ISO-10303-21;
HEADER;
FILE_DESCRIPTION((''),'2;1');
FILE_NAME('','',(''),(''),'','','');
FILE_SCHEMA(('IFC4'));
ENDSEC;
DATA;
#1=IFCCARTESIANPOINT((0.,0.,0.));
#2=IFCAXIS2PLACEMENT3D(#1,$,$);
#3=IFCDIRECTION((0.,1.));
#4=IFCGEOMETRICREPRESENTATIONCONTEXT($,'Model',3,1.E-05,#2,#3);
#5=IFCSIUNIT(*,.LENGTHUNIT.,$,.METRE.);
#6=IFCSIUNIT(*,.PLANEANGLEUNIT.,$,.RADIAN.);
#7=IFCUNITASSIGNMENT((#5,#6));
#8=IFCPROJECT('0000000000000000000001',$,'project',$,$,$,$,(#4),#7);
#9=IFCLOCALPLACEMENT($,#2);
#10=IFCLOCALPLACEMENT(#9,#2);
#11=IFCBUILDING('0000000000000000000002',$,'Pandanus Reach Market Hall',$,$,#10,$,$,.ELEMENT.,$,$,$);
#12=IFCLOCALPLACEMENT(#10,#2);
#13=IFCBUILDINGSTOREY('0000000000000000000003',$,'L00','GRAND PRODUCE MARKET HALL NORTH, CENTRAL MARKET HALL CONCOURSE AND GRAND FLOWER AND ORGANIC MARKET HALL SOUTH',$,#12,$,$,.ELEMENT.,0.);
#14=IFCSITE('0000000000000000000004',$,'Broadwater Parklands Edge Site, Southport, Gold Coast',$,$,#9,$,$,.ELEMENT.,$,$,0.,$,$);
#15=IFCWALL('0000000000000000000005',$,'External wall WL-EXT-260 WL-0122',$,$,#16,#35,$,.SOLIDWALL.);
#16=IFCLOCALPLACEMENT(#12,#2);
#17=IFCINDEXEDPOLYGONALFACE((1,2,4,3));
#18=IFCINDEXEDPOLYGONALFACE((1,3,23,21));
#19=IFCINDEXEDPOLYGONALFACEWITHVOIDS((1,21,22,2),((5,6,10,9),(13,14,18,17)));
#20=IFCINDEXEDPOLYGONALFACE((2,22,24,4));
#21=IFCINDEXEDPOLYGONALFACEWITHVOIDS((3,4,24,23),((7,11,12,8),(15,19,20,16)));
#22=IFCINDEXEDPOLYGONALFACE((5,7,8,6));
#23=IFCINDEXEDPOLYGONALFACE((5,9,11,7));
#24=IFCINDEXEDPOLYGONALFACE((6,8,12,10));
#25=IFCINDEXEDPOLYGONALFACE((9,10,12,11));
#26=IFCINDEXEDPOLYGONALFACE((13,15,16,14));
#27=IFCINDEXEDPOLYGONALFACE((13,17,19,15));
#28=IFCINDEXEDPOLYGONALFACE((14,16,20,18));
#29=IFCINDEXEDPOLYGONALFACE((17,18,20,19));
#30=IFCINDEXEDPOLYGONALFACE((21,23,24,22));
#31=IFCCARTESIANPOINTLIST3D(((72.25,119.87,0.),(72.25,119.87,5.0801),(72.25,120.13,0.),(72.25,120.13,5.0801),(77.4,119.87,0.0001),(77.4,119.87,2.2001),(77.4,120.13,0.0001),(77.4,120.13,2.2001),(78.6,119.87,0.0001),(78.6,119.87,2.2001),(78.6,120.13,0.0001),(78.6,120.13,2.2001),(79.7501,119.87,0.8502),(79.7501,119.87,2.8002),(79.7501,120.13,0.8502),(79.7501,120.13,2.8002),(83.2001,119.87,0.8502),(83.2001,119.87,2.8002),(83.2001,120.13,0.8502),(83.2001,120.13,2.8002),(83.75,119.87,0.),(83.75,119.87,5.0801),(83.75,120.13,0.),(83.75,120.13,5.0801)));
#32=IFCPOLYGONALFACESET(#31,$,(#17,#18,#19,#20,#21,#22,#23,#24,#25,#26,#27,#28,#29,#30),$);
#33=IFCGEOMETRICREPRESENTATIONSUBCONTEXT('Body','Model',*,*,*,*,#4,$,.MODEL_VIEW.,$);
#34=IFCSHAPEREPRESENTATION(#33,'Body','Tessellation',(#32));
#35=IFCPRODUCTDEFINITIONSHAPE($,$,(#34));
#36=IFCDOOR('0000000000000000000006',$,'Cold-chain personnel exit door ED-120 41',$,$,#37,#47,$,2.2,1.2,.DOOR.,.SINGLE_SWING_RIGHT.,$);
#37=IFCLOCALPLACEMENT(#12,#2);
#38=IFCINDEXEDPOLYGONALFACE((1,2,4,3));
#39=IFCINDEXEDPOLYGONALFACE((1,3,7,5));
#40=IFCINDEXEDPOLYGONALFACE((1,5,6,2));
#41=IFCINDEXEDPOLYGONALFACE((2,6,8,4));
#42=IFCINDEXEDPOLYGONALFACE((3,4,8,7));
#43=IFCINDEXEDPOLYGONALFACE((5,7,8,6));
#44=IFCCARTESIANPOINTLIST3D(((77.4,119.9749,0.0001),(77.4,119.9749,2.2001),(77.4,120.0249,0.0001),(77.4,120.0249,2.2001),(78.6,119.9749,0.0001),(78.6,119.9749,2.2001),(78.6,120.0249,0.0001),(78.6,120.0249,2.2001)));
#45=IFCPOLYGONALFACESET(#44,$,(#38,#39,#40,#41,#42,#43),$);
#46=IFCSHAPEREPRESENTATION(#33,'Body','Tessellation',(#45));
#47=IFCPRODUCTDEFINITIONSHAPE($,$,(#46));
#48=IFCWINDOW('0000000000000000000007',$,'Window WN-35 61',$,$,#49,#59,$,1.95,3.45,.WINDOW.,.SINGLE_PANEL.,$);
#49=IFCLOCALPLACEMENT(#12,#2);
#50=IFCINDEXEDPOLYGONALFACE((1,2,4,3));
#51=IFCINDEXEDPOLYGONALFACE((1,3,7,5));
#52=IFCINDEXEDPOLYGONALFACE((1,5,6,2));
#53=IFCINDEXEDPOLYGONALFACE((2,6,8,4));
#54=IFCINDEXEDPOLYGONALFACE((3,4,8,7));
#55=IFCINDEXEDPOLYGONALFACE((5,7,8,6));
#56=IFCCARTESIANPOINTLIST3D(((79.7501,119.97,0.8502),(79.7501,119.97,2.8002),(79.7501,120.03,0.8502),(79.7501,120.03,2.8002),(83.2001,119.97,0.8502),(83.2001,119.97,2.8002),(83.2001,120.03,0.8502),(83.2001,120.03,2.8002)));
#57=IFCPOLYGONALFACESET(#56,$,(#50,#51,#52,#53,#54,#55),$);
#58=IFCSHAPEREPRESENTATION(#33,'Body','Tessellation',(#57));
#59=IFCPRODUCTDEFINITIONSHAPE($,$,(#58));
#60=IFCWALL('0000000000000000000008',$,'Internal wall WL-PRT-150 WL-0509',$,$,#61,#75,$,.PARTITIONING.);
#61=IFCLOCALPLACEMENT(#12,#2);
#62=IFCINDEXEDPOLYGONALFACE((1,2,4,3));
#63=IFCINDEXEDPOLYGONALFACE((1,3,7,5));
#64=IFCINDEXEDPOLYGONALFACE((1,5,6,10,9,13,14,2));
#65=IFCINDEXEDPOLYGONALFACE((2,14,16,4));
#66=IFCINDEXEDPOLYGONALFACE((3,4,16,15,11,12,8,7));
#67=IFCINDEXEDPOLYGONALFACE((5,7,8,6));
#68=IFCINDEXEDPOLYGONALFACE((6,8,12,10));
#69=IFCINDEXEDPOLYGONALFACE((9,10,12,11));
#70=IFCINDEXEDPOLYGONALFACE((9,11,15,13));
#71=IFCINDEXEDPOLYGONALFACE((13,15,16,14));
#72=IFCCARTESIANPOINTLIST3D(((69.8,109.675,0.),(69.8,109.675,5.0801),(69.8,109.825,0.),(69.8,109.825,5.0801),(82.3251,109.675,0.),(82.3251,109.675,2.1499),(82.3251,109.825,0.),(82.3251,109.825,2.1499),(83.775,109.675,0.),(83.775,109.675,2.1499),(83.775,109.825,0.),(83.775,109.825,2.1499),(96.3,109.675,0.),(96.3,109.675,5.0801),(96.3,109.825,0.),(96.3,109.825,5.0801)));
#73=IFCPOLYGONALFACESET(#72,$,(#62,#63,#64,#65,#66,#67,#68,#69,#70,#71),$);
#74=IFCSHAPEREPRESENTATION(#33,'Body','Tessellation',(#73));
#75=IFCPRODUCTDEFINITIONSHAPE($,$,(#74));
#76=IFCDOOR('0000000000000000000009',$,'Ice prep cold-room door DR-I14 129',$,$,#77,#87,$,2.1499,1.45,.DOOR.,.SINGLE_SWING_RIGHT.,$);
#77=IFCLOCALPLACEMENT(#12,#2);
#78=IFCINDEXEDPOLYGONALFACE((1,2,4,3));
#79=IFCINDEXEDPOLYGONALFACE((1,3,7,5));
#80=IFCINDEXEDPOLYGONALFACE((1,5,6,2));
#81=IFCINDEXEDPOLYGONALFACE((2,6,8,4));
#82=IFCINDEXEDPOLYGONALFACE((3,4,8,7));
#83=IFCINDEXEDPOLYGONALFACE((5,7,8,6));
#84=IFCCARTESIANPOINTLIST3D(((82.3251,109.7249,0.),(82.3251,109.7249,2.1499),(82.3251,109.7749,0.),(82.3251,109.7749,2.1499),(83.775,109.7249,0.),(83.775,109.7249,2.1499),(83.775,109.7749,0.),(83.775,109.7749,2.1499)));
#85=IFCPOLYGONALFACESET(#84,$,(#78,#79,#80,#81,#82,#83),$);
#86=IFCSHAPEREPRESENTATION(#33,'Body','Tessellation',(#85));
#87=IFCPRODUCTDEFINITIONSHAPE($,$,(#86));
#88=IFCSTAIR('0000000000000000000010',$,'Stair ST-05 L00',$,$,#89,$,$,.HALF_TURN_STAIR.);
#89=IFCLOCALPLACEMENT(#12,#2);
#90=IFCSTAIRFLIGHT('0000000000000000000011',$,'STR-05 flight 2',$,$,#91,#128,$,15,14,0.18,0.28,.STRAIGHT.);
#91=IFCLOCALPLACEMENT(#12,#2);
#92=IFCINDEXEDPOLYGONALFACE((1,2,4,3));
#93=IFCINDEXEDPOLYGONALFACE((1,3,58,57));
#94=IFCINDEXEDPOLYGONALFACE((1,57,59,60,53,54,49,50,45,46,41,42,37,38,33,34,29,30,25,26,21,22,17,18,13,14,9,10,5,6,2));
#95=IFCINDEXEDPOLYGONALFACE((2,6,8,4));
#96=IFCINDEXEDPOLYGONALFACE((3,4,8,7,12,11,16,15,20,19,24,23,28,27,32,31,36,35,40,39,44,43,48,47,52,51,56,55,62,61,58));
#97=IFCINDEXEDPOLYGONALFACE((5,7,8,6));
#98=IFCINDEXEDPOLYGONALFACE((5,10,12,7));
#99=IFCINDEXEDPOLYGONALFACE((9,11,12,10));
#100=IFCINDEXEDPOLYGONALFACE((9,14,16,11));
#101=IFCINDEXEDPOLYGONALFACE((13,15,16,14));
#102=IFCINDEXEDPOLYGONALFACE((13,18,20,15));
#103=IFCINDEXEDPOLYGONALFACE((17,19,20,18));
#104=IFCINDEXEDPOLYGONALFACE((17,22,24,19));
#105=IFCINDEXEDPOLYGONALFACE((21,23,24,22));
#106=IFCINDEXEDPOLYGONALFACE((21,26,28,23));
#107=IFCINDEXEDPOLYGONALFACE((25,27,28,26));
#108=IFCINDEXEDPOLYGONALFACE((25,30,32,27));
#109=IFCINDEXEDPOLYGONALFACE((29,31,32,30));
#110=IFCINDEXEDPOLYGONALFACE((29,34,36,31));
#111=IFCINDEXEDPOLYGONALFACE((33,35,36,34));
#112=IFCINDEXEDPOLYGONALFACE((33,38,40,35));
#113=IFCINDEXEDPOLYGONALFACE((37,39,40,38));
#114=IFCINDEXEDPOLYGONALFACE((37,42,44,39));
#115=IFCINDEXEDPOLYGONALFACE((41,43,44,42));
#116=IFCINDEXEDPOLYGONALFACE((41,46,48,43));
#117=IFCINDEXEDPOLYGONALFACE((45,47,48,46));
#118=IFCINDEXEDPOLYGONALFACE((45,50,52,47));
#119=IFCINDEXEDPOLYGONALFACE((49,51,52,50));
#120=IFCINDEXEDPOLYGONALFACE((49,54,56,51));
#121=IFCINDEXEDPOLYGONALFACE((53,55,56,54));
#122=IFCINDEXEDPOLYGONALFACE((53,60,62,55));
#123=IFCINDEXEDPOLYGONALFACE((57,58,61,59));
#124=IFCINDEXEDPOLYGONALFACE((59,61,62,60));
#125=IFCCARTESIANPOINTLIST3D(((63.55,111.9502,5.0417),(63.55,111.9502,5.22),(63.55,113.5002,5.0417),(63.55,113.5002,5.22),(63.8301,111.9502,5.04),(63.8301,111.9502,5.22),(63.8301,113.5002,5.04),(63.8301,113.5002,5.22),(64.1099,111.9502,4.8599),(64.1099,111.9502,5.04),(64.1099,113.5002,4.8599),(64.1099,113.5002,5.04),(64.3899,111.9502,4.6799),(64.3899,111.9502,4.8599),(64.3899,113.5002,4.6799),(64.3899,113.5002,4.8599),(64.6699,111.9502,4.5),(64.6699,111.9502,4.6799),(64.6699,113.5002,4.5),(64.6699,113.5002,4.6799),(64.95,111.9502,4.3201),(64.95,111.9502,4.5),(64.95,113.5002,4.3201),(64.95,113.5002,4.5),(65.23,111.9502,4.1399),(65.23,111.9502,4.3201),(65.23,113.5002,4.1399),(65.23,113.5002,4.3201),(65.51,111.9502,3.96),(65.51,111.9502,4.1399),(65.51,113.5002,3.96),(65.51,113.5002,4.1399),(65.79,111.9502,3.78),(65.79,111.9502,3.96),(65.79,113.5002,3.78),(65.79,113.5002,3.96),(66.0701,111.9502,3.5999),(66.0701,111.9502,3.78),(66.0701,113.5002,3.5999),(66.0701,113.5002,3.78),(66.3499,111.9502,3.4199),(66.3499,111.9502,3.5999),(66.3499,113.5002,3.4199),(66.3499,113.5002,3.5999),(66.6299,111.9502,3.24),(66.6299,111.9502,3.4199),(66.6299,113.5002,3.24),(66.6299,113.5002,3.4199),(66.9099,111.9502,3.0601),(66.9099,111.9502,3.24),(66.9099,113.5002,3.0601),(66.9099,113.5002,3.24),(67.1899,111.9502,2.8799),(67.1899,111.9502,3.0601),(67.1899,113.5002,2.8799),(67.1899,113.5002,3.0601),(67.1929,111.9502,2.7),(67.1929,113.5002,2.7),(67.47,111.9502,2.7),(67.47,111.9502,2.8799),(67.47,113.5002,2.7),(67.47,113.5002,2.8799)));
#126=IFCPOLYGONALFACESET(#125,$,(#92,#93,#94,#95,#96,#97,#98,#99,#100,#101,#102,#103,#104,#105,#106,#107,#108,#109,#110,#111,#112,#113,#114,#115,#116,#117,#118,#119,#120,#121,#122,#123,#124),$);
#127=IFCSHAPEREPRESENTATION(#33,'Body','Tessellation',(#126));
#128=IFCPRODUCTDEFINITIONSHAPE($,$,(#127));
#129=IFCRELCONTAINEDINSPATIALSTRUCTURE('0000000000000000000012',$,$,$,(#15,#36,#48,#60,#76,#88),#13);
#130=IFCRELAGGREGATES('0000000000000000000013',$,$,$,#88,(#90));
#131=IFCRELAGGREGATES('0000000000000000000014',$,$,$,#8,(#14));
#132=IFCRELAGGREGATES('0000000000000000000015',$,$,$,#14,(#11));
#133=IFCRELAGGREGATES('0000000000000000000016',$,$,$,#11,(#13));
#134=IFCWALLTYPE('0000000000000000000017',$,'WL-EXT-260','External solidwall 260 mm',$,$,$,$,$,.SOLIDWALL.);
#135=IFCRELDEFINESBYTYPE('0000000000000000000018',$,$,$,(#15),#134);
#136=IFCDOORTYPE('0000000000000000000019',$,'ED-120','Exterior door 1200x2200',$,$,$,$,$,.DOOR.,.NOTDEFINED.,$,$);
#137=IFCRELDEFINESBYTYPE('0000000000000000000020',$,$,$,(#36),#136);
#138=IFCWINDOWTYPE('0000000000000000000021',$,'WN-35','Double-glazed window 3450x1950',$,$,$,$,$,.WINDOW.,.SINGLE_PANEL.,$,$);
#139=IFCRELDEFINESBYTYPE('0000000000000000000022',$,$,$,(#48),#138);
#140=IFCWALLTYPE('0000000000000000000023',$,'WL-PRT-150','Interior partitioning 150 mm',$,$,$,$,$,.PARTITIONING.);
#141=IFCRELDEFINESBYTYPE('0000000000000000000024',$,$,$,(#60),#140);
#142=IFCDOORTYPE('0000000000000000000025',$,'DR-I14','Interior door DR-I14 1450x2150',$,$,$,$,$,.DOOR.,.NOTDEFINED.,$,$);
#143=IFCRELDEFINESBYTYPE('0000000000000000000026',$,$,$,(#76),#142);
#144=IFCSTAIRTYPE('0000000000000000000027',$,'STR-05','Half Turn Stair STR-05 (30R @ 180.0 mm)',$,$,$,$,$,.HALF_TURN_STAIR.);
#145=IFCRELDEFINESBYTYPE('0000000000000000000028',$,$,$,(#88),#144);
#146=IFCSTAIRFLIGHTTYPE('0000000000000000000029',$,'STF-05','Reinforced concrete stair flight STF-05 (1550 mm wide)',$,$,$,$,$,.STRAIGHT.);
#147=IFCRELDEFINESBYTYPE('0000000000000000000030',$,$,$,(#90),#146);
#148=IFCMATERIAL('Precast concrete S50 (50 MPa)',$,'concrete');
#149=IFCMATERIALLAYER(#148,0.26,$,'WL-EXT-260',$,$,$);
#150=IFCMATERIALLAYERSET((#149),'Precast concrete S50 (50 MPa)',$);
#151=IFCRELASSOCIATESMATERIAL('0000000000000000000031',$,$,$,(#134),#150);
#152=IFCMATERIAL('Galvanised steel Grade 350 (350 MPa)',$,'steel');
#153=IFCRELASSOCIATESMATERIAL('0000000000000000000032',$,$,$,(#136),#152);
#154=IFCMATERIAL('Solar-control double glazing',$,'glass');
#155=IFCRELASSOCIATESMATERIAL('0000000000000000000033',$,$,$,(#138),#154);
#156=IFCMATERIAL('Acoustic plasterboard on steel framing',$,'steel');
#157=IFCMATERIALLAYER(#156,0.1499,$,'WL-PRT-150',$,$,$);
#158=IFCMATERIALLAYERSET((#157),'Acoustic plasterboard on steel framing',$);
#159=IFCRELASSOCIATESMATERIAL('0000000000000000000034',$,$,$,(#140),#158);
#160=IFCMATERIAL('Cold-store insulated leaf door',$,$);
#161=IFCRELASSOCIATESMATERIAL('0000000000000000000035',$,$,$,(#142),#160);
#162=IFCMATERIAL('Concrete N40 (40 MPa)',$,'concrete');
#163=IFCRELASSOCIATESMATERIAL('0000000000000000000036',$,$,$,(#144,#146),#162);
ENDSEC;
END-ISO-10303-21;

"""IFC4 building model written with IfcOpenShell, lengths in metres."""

from ifc_helpers import new_model, si_unit, direction, frame, frame_2d, origin, place, context, subcontext, project, spatial, polyline, rectangle, outline, extrude, material, layer, layer_set, type_object, element, fill, aggregate, save


model = new_model("IFC4")

# Units and contexts
model_context = context("Model", 3, precision=1e-05, world=origin(), true_north=direction((0.0, 1.0)))
body_context = subcontext(model_context, "Body", "Model", "MODEL_VIEW")
ifc_project = project(units=[si_unit("LENGTHUNIT", "METRE"), si_unit("PLANEANGLEUNIT", "RADIAN")], contexts=[model_context])

# Site, building, storey
site_placement = place(None, origin())
site = spatial("IfcSite", under=ifc_project, at=site_placement, Name="Broadwater Parklands Edge Site, Southport, Gold Coast", CompositionType="ELEMENT", RefElevation=0.0)
building_placement = place(site_placement, origin())
building = spatial("IfcBuilding", under=site, at=building_placement, Name="Pandanus Reach Market Hall", CompositionType="ELEMENT")
storey_placement = place(building_placement, origin())
storey = spatial("IfcBuildingStorey", under=building, at=storey_placement, Name="L00", Description="GRAND PRODUCE MARKET HALL NORTH, CENTRAL MARKET HALL CONCOURSE AND GRAND FLOWER AND ORGANIC MARKET HALL SOUTH", CompositionType="ELEMENT", Elevation=0.0)

# Shared definitions
ifc_material_1 = material(Name="Concrete N40 (40 MPa)", Category="concrete")

# Wall, openings, door, window
ifc_material_2 = material(Name="Precast concrete S50 (50 MPa)", Category="concrete")
ifc_layer_1 = layer(ifc_material_2, 0.26, Name="WL-EXT-260")
ifc_layer_set_1 = layer_set([ifc_layer_1], Name="Precast concrete S50 (50 MPa)")
wall_type_1 = type_object("IfcWallType", Name="WL-EXT-260", Description="External solidwall 260 mm", PredefinedType="SOLIDWALL", material=ifc_layer_set_1)
wall_1_placement = place(storey_placement, frame((72.25, 120.0, 0.0), z_axis=(0.0, 0.0, 1.0), x_axis=(1.0, 0.0, 0.0)))
wall_1 = element("IfcWall", 1, at=wall_1_placement, inside=storey, type_object=wall_type_1, Name="External wall WL-EXT-260 WL-0122", PredefinedType="SOLIDWALL", context=body_context, shape_type="SweptSolid", body=[
    extrude(rectangle(XDim=11.5, YDim=0.26, at=frame_2d((5.75, 0.0))), origin(), (0.0, 0.0, 1.0), 5.0801),
])
opening_1_placement = place(wall_1_placement, frame((5.1499, 0.0, 0.0)))
opening_1 = element("IfcOpeningElement", 2, at=opening_1_placement, cuts=wall_1, PredefinedType="OPENING", context=body_context, shape_type="SweptSolid", body=[
    extrude(rectangle(XDim=1.2, YDim=2.2, at=frame_2d((0.6001, 1.1001))), frame((0.0, 0.145, 0.0), z_axis=(0.0, -1.0, 0.0), x_axis=(1.0, 0.0, 0.0)), (0.0, 0.0, 1.0), 0.29),
])
opening_2_placement = place(wall_1_placement, frame((7.5, 0.0, 0.8501)))
opening_2 = element("IfcOpeningElement", 3, at=opening_2_placement, cuts=wall_1, PredefinedType="OPENING", context=body_context, shape_type="SweptSolid", body=[
    extrude(rectangle(XDim=3.45, YDim=1.95, at=frame_2d((1.7251, 0.9751))), frame((0.0, 0.145, 0.0), z_axis=(0.0, -1.0, 0.0), x_axis=(1.0, 0.0, 0.0)), (0.0, 0.0, 1.0), 0.29),
])
ifc_material_3 = material(Name="Galvanised steel Grade 350 (350 MPa)", Category="steel")
door_type_1 = type_object("IfcDoorType", Name="ED-120", Description="Exterior door 1200x2200", OperationType="NOTDEFINED", PredefinedType="DOOR", material=ifc_material_3)
door_1_placement = place(opening_1_placement, origin())
door_1 = element("IfcDoor", 4, at=door_1_placement, inside=storey, type_object=door_type_1, Name="Cold-chain personnel exit door ED-120 41", OperationType="SINGLE_SWING_RIGHT", OverallHeight=2.2, OverallWidth=1.2, PredefinedType="DOOR", context=body_context, shape_type="SweptSolid", body=[
    extrude(rectangle(XDim=1.2, YDim=2.2, at=frame_2d((0.6001, 1.1001))), frame((0.0, 0.0249, 0.0), z_axis=(0.0, -1.0, 0.0), x_axis=(1.0, 0.0, 0.0)), (0.0, 0.0, 1.0), 0.05),
])
fill(opening_1, door_1)
ifc_material_4 = material(Name="Solar-control double glazing", Category="glass")
window_type = type_object("IfcWindowType", Name="WN-35", Description="Double-glazed window 3450x1950", PartitioningType="SINGLE_PANEL", PredefinedType="WINDOW", material=ifc_material_4)
window_placement = place(opening_2_placement, origin())
window = element("IfcWindow", 5, at=window_placement, inside=storey, type_object=window_type, Name="Window WN-35 61", OverallHeight=1.95, OverallWidth=3.45, PartitioningType="SINGLE_PANEL", PredefinedType="WINDOW", context=body_context, shape_type="SweptSolid", body=[
    extrude(rectangle(XDim=3.45, YDim=1.95, at=frame_2d((1.7251, 0.9751))), frame((0.0, 0.03, 0.0), z_axis=(0.0, -1.0, 0.0), x_axis=(1.0, 0.0, 0.0)), (0.0, 0.0, 1.0), 0.0601),
])
fill(opening_2, window)

# Wall, opening, door
ifc_material_5 = material(Name="Acoustic plasterboard on steel framing", Category="steel")
ifc_layer_2 = layer(ifc_material_5, 0.1499, Name="WL-PRT-150")
ifc_layer_set_2 = layer_set([ifc_layer_2], Name="Acoustic plasterboard on steel framing")
wall_type_2 = type_object("IfcWallType", Name="WL-PRT-150", Description="Interior partitioning 150 mm", PredefinedType="PARTITIONING", material=ifc_layer_set_2)
wall_2_placement = place(storey_placement, frame((69.8, 109.75, 0.0), z_axis=(0.0, 0.0, 1.0), x_axis=(1.0, 0.0, 0.0)))
wall_2 = element("IfcWall", 6, at=wall_2_placement, inside=storey, type_object=wall_type_2, Name="Internal wall WL-PRT-150 WL-0509", PredefinedType="PARTITIONING", context=body_context, shape_type="SweptSolid", body=[
    extrude(rectangle(XDim=26.5, YDim=0.1499, at=frame_2d((13.25, 0.0))), origin(), (0.0, 0.0, 1.0), 5.0801),
])
opening_3_placement = place(wall_2_placement, frame((12.5249, 0.0, 0.0)))
opening_3 = element("IfcOpeningElement", 7, at=opening_3_placement, cuts=wall_2, PredefinedType="OPENING", context=body_context, shape_type="SweptSolid", body=[
    extrude(rectangle(XDim=1.45, YDim=2.1499, at=frame_2d((0.7251, 1.075))), frame((0.0, 0.0898, 0.0), z_axis=(0.0, -1.0, 0.0), x_axis=(1.0, 0.0, 0.0)), (0.0, 0.0, 1.0), 0.1799),
])
ifc_material_6 = material(Name="Cold-store insulated leaf door")
door_type_2 = type_object("IfcDoorType", Name="DR-I14", Description="Interior door DR-I14 1450x2150", OperationType="NOTDEFINED", PredefinedType="DOOR", material=ifc_material_6)
door_2_placement = place(opening_3_placement, origin())
door_2 = element("IfcDoor", 8, at=door_2_placement, inside=storey, type_object=door_type_2, Name="Ice prep cold-room door DR-I14 129", OperationType="SINGLE_SWING_RIGHT", OverallHeight=2.1499, OverallWidth=1.45, PredefinedType="DOOR", context=body_context, shape_type="SweptSolid", body=[
    extrude(rectangle(XDim=1.45, YDim=2.1499, at=frame_2d((0.7251, 1.075))), frame((0.0, 0.0249, 0.0), z_axis=(0.0, -1.0, 0.0), x_axis=(1.0, 0.0, 0.0)), (0.0, 0.0, 1.0), 0.05),
])
fill(opening_3, door_2)

# Stair, stair flight
stair_type = type_object("IfcStairType", Name="STR-05", Description="Half Turn Stair STR-05 (30R @ 180.0 mm)", PredefinedType="HALF_TURN_STAIR", material=ifc_material_1)
stair_placement = place(storey_placement, origin())
stair = element("IfcStair", 9, at=stair_placement, inside=storey, type_object=stair_type, Name="Stair ST-05 L00", PredefinedType="HALF_TURN_STAIR")
stair_flight_type = type_object("IfcStairFlightType", Name="STF-05", Description="Reinforced concrete stair flight STF-05 (1550 mm wide)", PredefinedType="STRAIGHT", material=ifc_material_1)
stair_flight_placement = place(storey_placement, frame((67.47, 112.7251, 2.7), z_axis=(0.0, 0.0, 1.0), x_axis=(-1.0, 0.0, 0.0)))
stair_flight = element("IfcStairFlight", 10, at=stair_flight_placement, type_object=stair_flight_type, Name="STR-05 flight 2", NumberOfRisers=15, NumberOfTreads=14, PredefinedType="STRAIGHT", RiserHeight=0.18, TreadLength=0.28, context=body_context, shape_type="SweptSolid", body=[
    extrude(outline(polyline([(0.0, 0.0), (0.0, 0.1799), (0.28, 0.1799), (0.28, 0.3601), (0.5601, 0.3601), (0.5601, 0.54), (0.8401, 0.54), (0.8401, 0.72), (1.1201, 0.72), (1.1201, 0.8999), (1.3999, 0.8999), (1.3999, 1.0801), (1.6799, 1.0801), (1.6799, 1.26), (1.96, 1.26), (1.96, 1.4399), (2.24, 1.4399), (2.24, 1.6201), (2.52, 1.6201), (2.52, 1.8), (2.8, 1.8), (2.8, 1.98), (3.0801, 1.98), (3.0801, 2.1599), (3.3601, 2.1599), (3.3601, 2.3401), (3.6399, 2.3401), (3.6399, 2.52), (3.9199, 2.52), (3.9199, 2.7), (3.9199, 2.3418), (0.2771, 0.0), (0.0, 0.0)])), frame((0.0, 0.7749, 0.0), z_axis=(0.0, -1.0, 0.0), x_axis=(1.0, 0.0, 0.0)), (0.0, 0.0, 1.0), 1.55),
])
aggregate(stair, [stair_flight])

save(model, "model.ifc")
